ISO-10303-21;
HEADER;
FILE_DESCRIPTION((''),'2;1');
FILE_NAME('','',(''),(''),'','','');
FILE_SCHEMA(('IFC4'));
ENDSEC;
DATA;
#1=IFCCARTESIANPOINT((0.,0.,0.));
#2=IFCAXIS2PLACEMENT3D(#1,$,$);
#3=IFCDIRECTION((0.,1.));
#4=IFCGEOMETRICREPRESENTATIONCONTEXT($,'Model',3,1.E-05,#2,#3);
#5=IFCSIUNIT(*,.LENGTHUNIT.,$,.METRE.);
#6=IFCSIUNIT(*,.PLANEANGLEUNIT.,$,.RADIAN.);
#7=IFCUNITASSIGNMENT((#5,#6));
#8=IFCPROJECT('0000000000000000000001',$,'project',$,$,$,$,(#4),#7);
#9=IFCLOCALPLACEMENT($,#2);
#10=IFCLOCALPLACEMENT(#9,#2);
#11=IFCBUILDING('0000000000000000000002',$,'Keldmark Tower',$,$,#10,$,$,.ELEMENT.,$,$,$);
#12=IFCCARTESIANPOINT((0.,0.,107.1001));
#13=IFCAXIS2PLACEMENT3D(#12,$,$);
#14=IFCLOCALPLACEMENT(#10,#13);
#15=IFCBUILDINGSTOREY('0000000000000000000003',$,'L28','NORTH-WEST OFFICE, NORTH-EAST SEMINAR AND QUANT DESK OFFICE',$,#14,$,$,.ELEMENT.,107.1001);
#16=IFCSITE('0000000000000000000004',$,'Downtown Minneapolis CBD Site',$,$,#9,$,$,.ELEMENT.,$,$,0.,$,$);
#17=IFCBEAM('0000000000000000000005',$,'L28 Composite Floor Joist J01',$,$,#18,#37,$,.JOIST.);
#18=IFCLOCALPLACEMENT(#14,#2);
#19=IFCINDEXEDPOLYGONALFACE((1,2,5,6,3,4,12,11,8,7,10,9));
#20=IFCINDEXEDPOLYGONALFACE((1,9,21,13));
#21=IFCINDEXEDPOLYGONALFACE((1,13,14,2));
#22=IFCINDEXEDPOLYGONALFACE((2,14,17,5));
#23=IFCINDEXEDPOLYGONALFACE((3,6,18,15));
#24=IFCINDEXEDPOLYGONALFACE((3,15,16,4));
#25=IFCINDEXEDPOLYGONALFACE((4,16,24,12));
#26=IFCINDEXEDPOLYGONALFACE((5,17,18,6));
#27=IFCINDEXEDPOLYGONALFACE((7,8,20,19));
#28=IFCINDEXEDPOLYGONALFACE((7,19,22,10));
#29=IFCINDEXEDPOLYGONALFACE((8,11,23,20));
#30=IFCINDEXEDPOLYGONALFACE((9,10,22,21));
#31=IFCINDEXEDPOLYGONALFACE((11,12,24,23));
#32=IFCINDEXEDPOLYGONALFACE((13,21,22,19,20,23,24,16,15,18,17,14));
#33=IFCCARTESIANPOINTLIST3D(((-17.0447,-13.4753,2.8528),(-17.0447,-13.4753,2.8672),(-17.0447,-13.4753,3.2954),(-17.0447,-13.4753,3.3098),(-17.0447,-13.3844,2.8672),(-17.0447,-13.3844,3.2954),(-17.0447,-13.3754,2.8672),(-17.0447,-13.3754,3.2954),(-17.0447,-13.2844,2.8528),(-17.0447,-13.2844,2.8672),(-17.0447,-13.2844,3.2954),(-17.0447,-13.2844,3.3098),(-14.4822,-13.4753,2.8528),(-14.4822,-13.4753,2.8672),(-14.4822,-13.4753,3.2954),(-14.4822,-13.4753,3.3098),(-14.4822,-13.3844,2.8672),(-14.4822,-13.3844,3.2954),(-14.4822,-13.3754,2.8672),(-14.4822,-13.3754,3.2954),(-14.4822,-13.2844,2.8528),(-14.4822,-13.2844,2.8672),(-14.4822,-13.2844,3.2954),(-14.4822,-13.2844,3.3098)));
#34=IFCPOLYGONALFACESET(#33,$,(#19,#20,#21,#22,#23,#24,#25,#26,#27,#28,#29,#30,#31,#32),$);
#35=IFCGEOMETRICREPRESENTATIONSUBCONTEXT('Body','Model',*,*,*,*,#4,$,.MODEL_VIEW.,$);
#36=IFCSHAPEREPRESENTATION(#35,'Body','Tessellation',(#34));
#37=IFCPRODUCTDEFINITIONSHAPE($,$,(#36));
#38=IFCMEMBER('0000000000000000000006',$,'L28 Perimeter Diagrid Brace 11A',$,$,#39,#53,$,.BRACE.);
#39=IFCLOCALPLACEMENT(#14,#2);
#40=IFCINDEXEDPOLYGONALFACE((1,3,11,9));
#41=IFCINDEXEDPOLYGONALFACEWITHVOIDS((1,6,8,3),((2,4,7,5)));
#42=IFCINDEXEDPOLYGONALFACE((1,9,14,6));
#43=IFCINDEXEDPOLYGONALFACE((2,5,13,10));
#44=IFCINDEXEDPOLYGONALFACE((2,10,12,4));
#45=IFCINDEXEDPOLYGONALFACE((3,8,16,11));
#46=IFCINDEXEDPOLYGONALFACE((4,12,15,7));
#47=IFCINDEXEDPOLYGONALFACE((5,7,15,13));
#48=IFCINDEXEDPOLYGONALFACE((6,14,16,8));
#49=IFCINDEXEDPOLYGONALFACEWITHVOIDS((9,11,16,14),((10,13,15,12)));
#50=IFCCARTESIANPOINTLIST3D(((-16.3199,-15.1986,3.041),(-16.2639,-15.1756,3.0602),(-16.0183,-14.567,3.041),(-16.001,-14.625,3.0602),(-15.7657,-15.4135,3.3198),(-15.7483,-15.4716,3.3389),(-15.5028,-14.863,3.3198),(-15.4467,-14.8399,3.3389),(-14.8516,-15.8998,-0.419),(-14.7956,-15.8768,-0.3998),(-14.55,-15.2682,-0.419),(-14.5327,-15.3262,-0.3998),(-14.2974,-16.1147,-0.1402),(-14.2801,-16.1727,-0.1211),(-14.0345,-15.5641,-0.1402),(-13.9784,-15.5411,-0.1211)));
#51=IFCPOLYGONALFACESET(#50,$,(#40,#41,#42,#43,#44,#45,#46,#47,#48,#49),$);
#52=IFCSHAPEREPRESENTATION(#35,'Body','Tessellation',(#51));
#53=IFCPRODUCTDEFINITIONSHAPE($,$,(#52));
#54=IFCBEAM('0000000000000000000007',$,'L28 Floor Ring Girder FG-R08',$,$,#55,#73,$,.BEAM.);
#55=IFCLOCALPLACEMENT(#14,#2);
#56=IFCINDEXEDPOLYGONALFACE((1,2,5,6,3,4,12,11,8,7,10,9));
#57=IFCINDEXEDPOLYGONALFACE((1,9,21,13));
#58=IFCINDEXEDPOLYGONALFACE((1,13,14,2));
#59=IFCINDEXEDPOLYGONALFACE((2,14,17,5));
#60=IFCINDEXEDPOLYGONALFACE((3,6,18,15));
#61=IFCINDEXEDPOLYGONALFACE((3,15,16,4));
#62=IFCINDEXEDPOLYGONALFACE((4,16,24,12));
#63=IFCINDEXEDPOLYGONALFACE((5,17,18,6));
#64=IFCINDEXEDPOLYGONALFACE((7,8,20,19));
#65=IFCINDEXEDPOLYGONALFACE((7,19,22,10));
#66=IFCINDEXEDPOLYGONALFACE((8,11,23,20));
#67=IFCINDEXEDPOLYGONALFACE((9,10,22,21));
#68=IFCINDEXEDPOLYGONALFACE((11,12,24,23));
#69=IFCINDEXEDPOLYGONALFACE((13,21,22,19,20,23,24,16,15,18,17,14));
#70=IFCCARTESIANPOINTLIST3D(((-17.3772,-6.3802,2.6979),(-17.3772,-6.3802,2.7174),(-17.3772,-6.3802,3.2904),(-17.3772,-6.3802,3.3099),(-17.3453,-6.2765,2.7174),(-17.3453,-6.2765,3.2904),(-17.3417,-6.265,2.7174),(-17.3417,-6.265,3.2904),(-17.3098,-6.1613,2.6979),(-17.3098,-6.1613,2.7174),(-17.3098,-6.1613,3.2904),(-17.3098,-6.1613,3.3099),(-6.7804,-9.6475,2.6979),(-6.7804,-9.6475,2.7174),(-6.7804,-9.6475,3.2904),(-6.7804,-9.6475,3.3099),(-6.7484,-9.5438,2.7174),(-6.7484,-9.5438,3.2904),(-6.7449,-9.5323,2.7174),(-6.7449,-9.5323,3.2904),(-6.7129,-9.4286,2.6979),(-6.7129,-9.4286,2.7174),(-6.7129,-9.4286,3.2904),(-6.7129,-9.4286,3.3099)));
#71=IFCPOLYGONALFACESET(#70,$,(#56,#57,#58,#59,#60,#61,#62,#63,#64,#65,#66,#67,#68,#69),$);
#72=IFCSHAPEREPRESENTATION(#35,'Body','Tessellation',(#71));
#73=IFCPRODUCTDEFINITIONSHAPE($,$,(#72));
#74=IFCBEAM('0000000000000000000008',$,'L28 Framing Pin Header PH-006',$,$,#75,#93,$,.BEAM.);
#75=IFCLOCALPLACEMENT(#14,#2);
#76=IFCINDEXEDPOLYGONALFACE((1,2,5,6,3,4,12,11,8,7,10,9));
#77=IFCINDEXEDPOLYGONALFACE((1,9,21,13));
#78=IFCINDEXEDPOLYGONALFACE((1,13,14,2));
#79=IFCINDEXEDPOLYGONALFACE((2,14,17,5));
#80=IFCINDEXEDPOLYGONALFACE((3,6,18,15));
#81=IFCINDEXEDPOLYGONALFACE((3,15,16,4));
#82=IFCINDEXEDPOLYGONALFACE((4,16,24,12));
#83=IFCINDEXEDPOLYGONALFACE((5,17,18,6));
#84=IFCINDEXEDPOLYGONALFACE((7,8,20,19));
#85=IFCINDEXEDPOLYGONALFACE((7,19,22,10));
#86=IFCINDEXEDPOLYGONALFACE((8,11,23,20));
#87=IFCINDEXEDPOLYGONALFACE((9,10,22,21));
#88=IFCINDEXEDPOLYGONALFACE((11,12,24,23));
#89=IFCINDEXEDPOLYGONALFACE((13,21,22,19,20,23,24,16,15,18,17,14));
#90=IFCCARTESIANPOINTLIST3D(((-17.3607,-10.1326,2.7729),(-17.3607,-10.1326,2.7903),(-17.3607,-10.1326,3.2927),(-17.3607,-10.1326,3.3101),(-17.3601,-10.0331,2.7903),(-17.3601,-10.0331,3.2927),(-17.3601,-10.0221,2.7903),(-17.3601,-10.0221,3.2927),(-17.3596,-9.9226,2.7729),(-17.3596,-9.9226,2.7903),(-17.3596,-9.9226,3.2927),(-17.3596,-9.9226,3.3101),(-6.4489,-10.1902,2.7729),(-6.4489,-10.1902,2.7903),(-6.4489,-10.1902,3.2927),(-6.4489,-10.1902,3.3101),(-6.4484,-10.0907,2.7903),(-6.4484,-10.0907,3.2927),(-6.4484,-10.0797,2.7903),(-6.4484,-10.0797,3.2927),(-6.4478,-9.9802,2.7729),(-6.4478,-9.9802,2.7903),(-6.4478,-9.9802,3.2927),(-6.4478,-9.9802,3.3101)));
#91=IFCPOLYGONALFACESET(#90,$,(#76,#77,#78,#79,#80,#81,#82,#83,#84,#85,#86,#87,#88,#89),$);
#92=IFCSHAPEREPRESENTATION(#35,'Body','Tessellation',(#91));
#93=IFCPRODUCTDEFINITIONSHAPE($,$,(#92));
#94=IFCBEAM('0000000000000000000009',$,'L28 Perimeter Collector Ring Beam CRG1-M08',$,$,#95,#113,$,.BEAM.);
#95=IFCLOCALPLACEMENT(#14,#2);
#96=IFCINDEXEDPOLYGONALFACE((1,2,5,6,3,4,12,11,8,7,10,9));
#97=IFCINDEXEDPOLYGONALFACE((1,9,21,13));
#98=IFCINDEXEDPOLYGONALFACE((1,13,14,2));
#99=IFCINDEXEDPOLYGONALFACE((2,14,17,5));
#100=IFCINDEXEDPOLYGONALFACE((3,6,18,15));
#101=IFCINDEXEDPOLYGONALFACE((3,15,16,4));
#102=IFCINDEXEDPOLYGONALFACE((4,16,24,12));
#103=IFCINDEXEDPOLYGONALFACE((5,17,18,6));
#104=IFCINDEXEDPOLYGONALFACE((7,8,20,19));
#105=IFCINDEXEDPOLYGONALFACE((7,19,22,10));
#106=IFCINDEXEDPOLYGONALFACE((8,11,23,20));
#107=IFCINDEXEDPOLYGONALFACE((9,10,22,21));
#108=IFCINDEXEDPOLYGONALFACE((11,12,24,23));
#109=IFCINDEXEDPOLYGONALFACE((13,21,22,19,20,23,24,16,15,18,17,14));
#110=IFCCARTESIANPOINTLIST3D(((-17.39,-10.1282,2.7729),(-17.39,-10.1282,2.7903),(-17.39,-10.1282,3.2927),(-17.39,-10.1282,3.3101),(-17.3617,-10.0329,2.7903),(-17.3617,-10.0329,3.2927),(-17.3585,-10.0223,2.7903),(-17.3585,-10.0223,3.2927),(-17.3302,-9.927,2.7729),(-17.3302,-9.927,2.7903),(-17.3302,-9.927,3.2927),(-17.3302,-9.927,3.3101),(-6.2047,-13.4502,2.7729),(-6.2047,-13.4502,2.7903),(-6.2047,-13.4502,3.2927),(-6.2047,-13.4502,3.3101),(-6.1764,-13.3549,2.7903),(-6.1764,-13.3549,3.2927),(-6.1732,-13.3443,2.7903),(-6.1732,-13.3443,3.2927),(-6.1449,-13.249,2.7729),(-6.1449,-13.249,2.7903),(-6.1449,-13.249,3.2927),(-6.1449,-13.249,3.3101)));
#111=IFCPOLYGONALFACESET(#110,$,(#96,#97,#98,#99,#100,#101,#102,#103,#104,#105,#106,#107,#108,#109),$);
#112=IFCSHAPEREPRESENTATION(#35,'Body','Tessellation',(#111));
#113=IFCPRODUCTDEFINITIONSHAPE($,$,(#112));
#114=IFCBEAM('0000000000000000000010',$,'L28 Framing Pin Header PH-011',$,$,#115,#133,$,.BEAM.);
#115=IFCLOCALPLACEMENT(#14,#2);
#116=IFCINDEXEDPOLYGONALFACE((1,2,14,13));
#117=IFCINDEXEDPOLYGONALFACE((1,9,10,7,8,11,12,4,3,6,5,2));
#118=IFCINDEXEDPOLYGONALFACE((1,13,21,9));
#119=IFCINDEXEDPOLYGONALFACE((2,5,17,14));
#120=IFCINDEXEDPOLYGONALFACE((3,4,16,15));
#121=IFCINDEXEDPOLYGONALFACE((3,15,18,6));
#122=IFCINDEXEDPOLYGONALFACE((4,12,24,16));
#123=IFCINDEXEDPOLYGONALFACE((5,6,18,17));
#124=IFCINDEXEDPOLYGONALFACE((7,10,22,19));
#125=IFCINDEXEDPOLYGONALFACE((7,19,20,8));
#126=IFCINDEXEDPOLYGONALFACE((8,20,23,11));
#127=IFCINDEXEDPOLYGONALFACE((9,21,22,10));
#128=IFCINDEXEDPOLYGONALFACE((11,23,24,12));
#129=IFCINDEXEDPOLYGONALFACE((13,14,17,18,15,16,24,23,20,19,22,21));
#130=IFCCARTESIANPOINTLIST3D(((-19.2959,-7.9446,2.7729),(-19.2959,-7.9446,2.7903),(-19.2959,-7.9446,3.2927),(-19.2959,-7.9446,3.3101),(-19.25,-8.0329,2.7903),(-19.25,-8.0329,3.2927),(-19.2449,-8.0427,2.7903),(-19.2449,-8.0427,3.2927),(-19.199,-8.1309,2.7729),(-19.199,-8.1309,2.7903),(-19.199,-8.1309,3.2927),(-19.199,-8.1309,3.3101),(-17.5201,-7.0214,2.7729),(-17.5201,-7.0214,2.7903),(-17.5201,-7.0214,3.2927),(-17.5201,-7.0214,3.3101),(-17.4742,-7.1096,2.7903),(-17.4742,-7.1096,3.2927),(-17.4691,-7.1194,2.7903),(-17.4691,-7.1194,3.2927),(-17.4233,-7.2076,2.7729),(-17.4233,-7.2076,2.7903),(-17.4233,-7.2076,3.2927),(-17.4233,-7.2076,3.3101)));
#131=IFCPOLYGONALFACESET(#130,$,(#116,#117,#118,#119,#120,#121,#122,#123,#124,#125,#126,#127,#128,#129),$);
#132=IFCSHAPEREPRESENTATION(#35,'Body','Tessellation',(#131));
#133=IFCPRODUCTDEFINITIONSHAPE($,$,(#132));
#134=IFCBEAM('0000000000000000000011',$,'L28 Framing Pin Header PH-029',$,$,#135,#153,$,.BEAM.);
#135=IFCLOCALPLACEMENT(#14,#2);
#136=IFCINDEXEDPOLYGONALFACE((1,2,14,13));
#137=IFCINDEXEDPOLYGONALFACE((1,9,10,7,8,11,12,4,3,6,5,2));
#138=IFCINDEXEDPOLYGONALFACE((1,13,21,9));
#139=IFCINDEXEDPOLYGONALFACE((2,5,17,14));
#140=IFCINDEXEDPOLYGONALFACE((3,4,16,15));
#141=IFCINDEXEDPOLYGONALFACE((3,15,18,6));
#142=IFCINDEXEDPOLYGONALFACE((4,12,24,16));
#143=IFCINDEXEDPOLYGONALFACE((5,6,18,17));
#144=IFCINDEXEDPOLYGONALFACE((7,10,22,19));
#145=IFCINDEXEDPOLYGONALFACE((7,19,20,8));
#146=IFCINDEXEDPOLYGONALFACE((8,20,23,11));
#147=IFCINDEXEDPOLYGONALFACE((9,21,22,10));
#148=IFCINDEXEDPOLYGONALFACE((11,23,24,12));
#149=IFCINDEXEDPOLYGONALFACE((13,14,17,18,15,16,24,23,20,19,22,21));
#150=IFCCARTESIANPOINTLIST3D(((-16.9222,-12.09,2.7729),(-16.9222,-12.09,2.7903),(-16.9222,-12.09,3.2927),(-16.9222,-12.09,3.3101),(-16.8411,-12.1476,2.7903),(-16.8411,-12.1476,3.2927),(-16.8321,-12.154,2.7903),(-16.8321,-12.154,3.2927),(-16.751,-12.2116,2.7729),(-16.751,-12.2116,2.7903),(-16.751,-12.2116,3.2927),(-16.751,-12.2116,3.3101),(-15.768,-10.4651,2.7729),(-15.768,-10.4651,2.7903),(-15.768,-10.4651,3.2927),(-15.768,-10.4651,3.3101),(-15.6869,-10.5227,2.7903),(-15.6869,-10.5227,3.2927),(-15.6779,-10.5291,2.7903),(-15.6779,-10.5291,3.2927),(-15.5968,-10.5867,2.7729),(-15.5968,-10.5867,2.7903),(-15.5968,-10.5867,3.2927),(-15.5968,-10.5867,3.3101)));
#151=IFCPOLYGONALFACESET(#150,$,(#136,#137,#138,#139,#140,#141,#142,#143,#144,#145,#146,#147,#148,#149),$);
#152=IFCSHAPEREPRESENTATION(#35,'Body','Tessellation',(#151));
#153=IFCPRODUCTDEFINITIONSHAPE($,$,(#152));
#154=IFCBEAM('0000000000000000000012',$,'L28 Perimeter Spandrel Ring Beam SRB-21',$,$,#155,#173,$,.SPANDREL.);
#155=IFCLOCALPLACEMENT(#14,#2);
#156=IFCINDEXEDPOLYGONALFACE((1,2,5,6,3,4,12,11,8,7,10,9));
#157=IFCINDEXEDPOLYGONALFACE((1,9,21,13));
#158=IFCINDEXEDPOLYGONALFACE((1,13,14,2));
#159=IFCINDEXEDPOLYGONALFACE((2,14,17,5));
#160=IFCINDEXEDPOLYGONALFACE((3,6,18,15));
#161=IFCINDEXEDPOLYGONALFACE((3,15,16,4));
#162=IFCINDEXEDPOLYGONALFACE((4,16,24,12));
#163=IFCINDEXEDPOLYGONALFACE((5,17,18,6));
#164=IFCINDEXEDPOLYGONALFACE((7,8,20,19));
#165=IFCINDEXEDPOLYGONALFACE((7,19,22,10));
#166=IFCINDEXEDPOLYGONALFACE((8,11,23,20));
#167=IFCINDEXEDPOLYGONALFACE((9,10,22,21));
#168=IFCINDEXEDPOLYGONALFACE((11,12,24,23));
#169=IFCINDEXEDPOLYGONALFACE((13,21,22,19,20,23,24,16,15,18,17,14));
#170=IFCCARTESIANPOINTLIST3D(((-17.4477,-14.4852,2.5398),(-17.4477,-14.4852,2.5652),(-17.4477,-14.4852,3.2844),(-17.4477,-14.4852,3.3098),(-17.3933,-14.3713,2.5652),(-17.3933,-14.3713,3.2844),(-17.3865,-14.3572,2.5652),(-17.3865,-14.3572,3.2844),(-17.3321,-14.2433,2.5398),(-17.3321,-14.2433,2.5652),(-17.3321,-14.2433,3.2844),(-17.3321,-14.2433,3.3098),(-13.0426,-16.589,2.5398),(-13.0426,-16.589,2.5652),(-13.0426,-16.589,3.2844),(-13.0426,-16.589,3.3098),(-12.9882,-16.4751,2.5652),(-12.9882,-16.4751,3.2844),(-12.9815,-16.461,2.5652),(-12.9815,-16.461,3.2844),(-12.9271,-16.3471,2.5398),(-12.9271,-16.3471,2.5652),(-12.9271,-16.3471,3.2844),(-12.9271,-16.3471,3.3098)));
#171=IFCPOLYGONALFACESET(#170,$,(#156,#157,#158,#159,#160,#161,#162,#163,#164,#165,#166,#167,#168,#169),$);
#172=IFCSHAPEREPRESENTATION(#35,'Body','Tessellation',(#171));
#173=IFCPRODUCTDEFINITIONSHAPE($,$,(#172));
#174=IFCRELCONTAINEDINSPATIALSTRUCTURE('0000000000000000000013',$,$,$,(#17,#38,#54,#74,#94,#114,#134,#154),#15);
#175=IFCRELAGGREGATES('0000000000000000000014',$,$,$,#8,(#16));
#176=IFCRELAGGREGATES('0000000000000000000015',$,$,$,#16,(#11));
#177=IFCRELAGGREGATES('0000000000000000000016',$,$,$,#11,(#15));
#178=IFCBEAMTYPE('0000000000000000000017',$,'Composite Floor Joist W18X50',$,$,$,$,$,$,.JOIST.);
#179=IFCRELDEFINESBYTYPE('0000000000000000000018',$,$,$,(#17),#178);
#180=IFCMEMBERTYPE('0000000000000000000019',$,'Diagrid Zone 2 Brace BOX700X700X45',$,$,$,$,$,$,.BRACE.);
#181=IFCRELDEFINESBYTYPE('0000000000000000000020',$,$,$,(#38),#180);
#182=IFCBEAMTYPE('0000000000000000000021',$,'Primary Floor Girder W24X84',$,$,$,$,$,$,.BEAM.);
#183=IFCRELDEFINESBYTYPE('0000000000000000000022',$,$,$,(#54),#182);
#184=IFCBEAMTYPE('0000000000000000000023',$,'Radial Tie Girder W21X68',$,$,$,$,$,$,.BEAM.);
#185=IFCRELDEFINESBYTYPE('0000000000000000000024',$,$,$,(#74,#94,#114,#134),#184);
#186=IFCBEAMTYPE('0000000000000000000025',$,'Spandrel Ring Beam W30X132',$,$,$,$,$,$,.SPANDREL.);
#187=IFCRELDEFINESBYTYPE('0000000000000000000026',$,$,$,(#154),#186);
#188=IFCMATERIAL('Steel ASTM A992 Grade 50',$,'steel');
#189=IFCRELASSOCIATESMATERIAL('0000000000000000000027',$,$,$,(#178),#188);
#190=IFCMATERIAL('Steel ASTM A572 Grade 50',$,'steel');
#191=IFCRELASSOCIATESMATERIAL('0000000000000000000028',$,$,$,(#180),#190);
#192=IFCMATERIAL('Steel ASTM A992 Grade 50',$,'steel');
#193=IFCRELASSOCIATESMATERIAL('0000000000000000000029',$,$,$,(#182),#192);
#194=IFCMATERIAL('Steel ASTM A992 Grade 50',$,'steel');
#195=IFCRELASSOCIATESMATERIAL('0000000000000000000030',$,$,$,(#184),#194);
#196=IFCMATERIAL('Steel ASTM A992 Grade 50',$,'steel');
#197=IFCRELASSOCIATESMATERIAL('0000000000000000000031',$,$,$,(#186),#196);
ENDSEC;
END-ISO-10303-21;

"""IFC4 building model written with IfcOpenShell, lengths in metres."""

from ifc_helpers import new_model, si_unit, direction, frame, origin, origin_2d, place, context, subcontext, project, spatial, hollow_rectangle, i_section, extrude, material, material_profile, profile_set, type_object, element, save


model = new_model("IFC4")

# Units and contexts
model_context = context("Model", 3, precision=1e-05, world=origin(), true_north=direction((0.0, 1.0)))
body_context = subcontext(model_context, "Body", "Model", "MODEL_VIEW")
ifc_project = project(units=[si_unit("LENGTHUNIT", "METRE"), si_unit("PLANEANGLEUNIT", "RADIAN")], contexts=[model_context])

# Site, building, storey
site_placement = place(None, origin())
site = spatial("IfcSite", under=ifc_project, at=site_placement, Name="Downtown Minneapolis CBD Site", CompositionType="ELEMENT", RefElevation=0.0)
building_placement = place(site_placement, origin())
building = spatial("IfcBuilding", under=site, at=building_placement, Name="Keldmark Tower", CompositionType="ELEMENT")
storey_placement = place(building_placement, frame((0.0, 0.0, 107.1001)))
storey = spatial("IfcBuildingStorey", under=building, at=storey_placement, Name="L28", Description="NORTH-WEST OFFICE, NORTH-EAST SEMINAR AND QUANT DESK OFFICE", CompositionType="ELEMENT", Elevation=107.1001)

# Beam
ifc_material_1 = material(Name="Steel ASTM A992 Grade 50", Category="steel")
ifc_material_profile_1 = material_profile(ifc_material_1, i_section(OverallWidth=0.1909, OverallDepth=0.457, WebThickness=0.009, FlangeThickness=0.0144, at=origin_2d()), Name="W18X50")
ifc_profile_set_1 = profile_set([ifc_material_profile_1], Name="Steel ASTM A992 Grade 50")
beam_type_1 = type_object("IfcBeamType", Name="Composite Floor Joist W18X50", PredefinedType="JOIST", material=ifc_profile_set_1)
beam_1_placement = place(storey_placement, frame((-17.0447, -13.3799, 3.0813), z_axis=(1.0, 0.0, 0.0), x_axis=(0.0, 1.0, 0.0)))
element("IfcBeam", 1, at=beam_1_placement, inside=storey, type_object=beam_type_1, Name="L28 Composite Floor Joist J01", PredefinedType="JOIST", context=body_context, shape_type="SweptSolid", body=[
    extrude(i_section(OverallWidth=0.1909, OverallDepth=0.457, WebThickness=0.009, FlangeThickness=0.0144, at=origin_2d()), origin(), (0.0, 0.0, 1.0), 2.5625),
])

# Member
ifc_material_2 = material(Name="Steel ASTM A572 Grade 50", Category="steel")
ifc_material_profile_2 = material_profile(ifc_material_2, hollow_rectangle(XDim=0.7, YDim=0.7, WallThickness=0.0449, at=origin_2d()), Name="BOX700X700X45")
ifc_profile_set_2 = profile_set([ifc_material_profile_2], Name="Steel ASTM A572 Grade 50")
member_type = type_object("IfcMemberType", Name="Diagrid Zone 2 Brace BOX700X700X45", PredefinedType="BRACE", material=ifc_profile_set_2)
member_placement = place(storey_placement, frame((-14.415, -15.7205, -0.27), z_axis=(-0.384015, 0.183387, 0.904932), x_axis=(-0.430935, -0.902383, 0.0)))
element("IfcMember", 2, at=member_placement, inside=storey, type_object=member_type, Name="L28 Perimeter Diagrid Brace 11A", PredefinedType="BRACE", context=body_context, shape_type="SweptSolid", body=[
    extrude(hollow_rectangle(XDim=0.7, YDim=0.7, WallThickness=0.0449, at=origin_2d()), origin(), (0.0, 0.0, 1.0), 3.8235),
])

# Beams
ifc_material_3 = material(Name="Steel ASTM A992 Grade 50", Category="steel")
ifc_material_profile_3 = material_profile(ifc_material_3, i_section(OverallWidth=0.229, OverallDepth=0.6121, WebThickness=0.012, FlangeThickness=0.0195, at=origin_2d()), Name="W24X84")
ifc_profile_set_3 = profile_set([ifc_material_profile_3], Name="Steel ASTM A992 Grade 50")
beam_type_2 = type_object("IfcBeamType", Name="Primary Floor Girder W24X84", PredefinedType="BEAM", material=ifc_profile_set_3)
beam_2_placement = place(storey_placement, frame((-17.3435, -6.2708, 3.0039), z_axis=(0.955608, -0.294641, 0.0), x_axis=(0.294641, 0.955608, 0.0)))
element("IfcBeam", 3, at=beam_2_placement, inside=storey, type_object=beam_type_2, Name="L28 Floor Ring Girder FG-R08", PredefinedType="BEAM", context=body_context, shape_type="SweptSolid", body=[
    extrude(i_section(OverallWidth=0.229, OverallDepth=0.6121, WebThickness=0.012, FlangeThickness=0.0195, at=origin_2d()), origin(), (0.0, 0.0, 1.0), 11.0891),
])
ifc_material_4 = material(Name="Steel ASTM A992 Grade 50", Category="steel")
ifc_material_profile_4 = material_profile(ifc_material_4, i_section(OverallWidth=0.21, OverallDepth=0.5371, WebThickness=0.011, FlangeThickness=0.0173, at=origin_2d()), Name="W21X68")
ifc_profile_set_4 = profile_set([ifc_material_profile_4], Name="Steel ASTM A992 Grade 50")
beam_type_3 = type_object("IfcBeamType", Name="Radial Tie Girder W21X68", PredefinedType="BEAM", material=ifc_profile_set_4)
beam_3_placement = place(storey_placement, frame((-17.3601, -10.0276, 3.0415), z_axis=(0.999986, -0.00528, 0.0), x_axis=(0.00528, 0.999986, 0.0)))
element("IfcBeam", 4, at=beam_3_placement, inside=storey, type_object=beam_type_3, Name="L28 Framing Pin Header PH-006", PredefinedType="BEAM", context=body_context, shape_type="SweptSolid", body=[
    extrude(i_section(OverallWidth=0.21, OverallDepth=0.5371, WebThickness=0.011, FlangeThickness=0.0173, at=origin_2d()), origin(), (0.0, 0.0, 1.0), 10.9119),
])
beam_4_placement = place(storey_placement, frame((-17.3601, -10.0276, 3.0415), z_axis=(0.958614, -0.284707, 0.0), x_axis=(0.284707, 0.958614, 0.0)))
element("IfcBeam", 5, at=beam_4_placement, inside=storey, type_object=beam_type_3, Name="L28 Perimeter Collector Ring Beam CRG1-M08", PredefinedType="BEAM", context=body_context, shape_type="SweptSolid", body=[
    extrude(i_section(OverallWidth=0.21, OverallDepth=0.5371, WebThickness=0.011, FlangeThickness=0.0173, at=origin_2d()), origin(), (0.0, 0.0, 1.0), 11.6682),
])
beam_5_placement = place(storey_placement, frame((-17.4717, -7.1145, 3.0415), z_axis=(-0.887241, -0.461307, 0.0), x_axis=(0.461307, -0.887241, 0.0)))
element("IfcBeam", 6, at=beam_5_placement, inside=storey, type_object=beam_type_3, Name="L28 Framing Pin Header PH-011", PredefinedType="BEAM", context=body_context, shape_type="SweptSolid", body=[
    extrude(i_section(OverallWidth=0.21, OverallDepth=0.5371, WebThickness=0.011, FlangeThickness=0.0173, at=origin_2d()), origin(), (0.0, 0.0, 1.0), 2.0015),
])
beam_6_placement = place(storey_placement, frame((-15.6824, -10.5259, 3.0415), z_axis=(-0.579104, -0.815253, 0.0), x_axis=(0.815253, -0.579104, 0.0)))
element("IfcBeam", 7, at=beam_6_placement, inside=storey, type_object=beam_type_3, Name="L28 Framing Pin Header PH-029", PredefinedType="BEAM", context=body_context, shape_type="SweptSolid", body=[
    extrude(i_section(OverallWidth=0.21, OverallDepth=0.5371, WebThickness=0.011, FlangeThickness=0.0173, at=origin_2d()), origin(), (0.0, 0.0, 1.0), 1.9932),
])
ifc_material_5 = material(Name="Steel ASTM A992 Grade 50", Category="steel")
ifc_material_profile_5 = material_profile(ifc_material_5, i_section(OverallWidth=0.2681, OverallDepth=0.77, WebThickness=0.0156, FlangeThickness=0.0254, at=origin_2d()), Name="W30X132")
ifc_profile_set_5 = profile_set([ifc_material_profile_5], Name="Steel ASTM A992 Grade 50")
beam_type_4 = type_object("IfcBeamType", Name="Spandrel Ring Beam W30X132", PredefinedType="SPANDREL", material=ifc_profile_set_5)
beam_7_placement = place(storey_placement, frame((-17.3899, -14.3643, 2.9248), z_axis=(0.902373, -0.430956, 0.0), x_axis=(0.430956, 0.902373, 0.0)))
element("IfcBeam", 8, at=beam_7_placement, inside=storey, type_object=beam_type_4, Name="L28 Perimeter Spandrel Ring Beam SRB-21", PredefinedType="SPANDREL", context=body_context, shape_type="SweptSolid", body=[
    extrude(i_section(OverallWidth=0.2681, OverallDepth=0.77, WebThickness=0.0156, FlangeThickness=0.0254, at=origin_2d()), origin(), (0.0, 0.0, 1.0), 4.8816),
])

save(model, "model.ifc")
